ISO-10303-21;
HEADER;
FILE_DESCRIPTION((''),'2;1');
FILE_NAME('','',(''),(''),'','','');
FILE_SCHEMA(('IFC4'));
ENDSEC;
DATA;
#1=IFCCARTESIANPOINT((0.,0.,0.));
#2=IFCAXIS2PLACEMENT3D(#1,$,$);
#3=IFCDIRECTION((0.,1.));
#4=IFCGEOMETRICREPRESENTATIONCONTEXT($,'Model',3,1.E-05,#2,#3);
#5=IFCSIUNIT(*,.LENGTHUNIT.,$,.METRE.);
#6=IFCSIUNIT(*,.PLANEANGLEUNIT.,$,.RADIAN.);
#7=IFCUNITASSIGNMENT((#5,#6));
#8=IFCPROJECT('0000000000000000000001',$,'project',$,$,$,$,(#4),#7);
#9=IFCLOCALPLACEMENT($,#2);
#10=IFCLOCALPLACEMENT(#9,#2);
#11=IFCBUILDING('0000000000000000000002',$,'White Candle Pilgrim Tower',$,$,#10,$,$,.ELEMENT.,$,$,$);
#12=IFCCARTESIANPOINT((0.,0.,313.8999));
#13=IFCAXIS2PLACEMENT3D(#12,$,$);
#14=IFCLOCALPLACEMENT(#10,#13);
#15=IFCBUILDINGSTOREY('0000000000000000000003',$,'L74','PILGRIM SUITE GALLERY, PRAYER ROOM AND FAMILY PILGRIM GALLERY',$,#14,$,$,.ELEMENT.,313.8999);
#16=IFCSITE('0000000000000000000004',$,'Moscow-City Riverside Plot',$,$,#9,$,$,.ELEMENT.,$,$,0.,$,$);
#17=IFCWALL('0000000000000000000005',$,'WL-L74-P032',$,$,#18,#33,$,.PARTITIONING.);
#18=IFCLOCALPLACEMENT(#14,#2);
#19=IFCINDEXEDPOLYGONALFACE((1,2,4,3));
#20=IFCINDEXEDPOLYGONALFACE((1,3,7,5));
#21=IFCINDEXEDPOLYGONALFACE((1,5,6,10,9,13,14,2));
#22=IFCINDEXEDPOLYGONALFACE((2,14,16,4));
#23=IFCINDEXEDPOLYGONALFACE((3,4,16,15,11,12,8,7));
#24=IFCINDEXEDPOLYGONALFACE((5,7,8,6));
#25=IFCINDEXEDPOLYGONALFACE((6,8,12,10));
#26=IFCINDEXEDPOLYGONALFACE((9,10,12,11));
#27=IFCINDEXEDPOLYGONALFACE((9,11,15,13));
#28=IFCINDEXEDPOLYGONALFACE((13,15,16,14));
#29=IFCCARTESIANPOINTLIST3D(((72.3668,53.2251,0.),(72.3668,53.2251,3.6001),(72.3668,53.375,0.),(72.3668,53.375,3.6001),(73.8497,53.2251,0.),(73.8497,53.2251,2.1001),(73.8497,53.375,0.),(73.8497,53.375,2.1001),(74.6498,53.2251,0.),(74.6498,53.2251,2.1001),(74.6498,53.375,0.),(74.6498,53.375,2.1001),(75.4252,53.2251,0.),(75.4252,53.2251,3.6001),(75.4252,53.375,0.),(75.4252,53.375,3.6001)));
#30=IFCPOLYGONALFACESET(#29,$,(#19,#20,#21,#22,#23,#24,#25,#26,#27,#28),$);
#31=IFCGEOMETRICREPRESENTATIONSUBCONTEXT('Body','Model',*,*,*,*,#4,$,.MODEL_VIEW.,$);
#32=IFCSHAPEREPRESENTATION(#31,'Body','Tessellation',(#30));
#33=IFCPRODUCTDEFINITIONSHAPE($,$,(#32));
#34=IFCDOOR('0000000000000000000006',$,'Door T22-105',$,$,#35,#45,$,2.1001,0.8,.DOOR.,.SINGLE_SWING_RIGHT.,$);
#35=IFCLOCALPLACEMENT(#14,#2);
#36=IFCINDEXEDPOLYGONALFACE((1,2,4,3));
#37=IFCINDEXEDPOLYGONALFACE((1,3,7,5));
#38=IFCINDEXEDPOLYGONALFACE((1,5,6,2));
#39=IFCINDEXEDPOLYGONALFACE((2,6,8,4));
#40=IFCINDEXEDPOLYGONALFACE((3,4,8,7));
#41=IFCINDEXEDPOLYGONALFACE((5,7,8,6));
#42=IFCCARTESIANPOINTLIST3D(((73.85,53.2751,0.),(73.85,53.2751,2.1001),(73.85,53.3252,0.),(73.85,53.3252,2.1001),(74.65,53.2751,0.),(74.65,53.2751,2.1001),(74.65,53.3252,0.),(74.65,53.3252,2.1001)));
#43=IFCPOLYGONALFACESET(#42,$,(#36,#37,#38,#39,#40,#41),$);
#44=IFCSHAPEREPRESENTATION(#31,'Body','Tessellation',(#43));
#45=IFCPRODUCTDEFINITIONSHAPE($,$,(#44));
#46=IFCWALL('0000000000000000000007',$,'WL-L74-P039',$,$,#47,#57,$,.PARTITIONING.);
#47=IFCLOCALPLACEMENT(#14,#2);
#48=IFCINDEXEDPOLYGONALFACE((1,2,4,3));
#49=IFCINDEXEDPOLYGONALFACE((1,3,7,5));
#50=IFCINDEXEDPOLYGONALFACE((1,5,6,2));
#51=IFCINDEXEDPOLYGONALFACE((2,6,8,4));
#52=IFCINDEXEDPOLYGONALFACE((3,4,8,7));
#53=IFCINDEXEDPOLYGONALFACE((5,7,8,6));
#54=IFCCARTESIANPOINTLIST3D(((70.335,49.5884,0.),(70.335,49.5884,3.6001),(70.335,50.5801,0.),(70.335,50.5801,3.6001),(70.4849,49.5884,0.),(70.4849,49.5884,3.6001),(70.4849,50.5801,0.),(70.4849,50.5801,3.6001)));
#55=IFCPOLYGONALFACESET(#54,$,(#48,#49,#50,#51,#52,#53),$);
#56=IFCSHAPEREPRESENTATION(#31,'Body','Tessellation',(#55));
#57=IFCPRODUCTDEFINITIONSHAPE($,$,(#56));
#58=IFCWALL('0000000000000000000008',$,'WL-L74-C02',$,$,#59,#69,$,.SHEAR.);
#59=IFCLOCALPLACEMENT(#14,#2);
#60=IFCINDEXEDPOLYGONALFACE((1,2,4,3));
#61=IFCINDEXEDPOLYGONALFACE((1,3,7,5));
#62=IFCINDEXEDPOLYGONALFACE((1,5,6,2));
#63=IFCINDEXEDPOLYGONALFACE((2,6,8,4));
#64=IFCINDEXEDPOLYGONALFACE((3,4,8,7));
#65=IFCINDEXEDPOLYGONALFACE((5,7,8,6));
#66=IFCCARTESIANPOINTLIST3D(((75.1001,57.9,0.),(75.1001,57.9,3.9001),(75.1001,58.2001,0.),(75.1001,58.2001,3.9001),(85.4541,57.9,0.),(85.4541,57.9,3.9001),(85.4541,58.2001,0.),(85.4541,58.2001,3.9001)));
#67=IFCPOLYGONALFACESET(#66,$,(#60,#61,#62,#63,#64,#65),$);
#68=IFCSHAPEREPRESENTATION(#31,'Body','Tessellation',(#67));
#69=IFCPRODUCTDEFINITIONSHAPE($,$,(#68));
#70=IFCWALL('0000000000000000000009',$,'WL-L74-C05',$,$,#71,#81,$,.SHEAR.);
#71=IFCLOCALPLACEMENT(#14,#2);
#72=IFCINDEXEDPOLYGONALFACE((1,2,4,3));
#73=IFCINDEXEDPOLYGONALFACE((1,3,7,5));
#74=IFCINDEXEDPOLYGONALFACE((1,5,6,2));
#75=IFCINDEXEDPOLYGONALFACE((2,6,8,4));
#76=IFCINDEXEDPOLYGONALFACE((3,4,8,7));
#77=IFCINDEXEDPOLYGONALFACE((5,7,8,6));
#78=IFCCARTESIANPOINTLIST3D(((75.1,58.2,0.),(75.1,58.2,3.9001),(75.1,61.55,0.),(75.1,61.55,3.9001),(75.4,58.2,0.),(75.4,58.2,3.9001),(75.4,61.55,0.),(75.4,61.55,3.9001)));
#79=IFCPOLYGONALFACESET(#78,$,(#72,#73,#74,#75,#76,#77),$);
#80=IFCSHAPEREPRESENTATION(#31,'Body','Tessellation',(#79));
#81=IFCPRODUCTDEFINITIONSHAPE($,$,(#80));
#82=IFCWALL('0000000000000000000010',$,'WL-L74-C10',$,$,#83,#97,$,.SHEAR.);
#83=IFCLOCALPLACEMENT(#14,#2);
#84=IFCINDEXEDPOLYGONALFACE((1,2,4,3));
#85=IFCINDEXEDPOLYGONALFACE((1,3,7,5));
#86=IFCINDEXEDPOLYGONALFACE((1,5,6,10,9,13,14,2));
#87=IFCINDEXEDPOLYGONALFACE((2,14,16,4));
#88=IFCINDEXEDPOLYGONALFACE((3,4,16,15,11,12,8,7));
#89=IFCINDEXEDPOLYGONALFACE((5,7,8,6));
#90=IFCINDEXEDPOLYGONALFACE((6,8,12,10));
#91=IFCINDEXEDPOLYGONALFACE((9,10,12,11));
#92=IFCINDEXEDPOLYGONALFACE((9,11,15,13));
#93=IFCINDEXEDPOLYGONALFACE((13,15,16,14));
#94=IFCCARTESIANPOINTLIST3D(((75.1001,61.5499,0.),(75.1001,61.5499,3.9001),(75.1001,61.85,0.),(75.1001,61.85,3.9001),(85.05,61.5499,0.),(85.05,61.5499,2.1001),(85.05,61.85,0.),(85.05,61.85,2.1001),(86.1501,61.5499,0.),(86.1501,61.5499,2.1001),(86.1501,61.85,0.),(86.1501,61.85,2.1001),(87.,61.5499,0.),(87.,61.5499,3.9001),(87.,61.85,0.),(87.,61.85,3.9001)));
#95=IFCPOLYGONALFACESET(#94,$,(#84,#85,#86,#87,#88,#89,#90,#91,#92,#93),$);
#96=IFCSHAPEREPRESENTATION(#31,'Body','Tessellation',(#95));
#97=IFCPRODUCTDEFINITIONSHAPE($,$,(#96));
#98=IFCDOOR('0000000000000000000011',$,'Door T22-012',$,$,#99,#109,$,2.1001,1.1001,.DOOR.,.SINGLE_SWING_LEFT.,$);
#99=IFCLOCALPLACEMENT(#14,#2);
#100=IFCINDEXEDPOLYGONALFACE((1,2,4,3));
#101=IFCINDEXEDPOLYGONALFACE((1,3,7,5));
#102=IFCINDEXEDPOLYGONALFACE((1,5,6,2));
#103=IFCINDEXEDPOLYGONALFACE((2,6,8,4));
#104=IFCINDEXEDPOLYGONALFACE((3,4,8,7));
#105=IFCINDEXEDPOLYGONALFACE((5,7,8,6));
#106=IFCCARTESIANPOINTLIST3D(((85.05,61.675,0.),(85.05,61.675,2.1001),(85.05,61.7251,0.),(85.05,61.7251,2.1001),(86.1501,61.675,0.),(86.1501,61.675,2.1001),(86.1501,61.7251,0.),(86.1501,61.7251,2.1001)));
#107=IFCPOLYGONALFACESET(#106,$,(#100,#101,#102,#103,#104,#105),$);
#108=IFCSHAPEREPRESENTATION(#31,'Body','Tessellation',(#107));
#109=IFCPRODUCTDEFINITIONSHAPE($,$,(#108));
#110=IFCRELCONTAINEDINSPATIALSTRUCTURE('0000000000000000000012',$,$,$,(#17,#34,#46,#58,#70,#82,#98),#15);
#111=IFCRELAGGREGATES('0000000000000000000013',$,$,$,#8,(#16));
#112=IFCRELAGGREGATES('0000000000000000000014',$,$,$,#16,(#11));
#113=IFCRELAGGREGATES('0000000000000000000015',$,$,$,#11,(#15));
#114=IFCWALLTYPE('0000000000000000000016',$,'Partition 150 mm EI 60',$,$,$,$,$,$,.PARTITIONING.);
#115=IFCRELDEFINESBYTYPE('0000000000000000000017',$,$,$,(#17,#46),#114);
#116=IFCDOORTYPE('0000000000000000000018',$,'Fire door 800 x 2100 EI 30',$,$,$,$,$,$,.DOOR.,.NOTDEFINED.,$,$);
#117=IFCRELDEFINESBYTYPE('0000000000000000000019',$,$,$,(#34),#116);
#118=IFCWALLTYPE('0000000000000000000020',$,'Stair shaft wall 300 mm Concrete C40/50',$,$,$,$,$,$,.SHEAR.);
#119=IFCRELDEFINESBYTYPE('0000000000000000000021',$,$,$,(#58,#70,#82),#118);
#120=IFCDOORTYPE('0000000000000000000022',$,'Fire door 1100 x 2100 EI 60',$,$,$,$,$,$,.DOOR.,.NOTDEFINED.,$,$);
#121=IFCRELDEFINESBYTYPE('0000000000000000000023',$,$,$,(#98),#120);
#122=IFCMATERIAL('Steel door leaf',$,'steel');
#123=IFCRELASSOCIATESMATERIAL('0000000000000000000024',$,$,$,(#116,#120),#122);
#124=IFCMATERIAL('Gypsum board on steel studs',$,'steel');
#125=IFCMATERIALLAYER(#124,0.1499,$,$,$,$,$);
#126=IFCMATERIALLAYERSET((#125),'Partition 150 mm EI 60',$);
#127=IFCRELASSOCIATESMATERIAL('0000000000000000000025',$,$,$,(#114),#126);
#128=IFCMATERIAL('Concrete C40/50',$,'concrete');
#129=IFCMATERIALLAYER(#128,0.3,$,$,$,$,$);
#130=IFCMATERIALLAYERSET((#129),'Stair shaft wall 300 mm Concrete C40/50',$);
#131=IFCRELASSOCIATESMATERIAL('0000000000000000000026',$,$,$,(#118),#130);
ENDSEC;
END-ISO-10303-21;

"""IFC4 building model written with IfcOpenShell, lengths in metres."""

from ifc_helpers import new_model, si_unit, direction, frame, frame_2d, origin, place, context, subcontext, project, spatial, rectangle, extrude, material, layer, layer_set, type_object, element, fill, save


model = new_model("IFC4")

# Units and contexts
model_context = context("Model", 3, precision=1e-05, world=origin(), true_north=direction((0.0, 1.0)))
body_context = subcontext(model_context, "Body", "Model", "MODEL_VIEW")
ifc_project = project(units=[si_unit("LENGTHUNIT", "METRE"), si_unit("PLANEANGLEUNIT", "RADIAN")], contexts=[model_context])

# Site, building, storey
site_placement = place(None, origin())
site = spatial("IfcSite", under=ifc_project, at=site_placement, Name="Moscow-City Riverside Plot", CompositionType="ELEMENT", RefElevation=0.0)
building_placement = place(site_placement, origin())
building = spatial("IfcBuilding", under=site, at=building_placement, Name="White Candle Pilgrim Tower", CompositionType="ELEMENT")
storey_placement = place(building_placement, frame((0.0, 0.0, 313.8999)))
storey = spatial("IfcBuildingStorey", under=building, at=storey_placement, Name="L74", Description="PILGRIM SUITE GALLERY, PRAYER ROOM AND FAMILY PILGRIM GALLERY", CompositionType="ELEMENT", Elevation=313.8999)

# Shared definitions
ifc_material_1 = material(Name="Gypsum board on steel studs", Category="steel")

# Shared definitions
ifc_material_2 = material(Name="Steel door leaf", Category="steel")
door_type_1 = type_object("IfcDoorType", Name="Fire door 800 x 2100 EI 30", OperationType="NOTDEFINED", PredefinedType="DOOR", material=ifc_material_2)

# Shared definitions
ifc_layer_1 = layer(ifc_material_1, 0.1499)
ifc_layer_set_1 = layer_set([ifc_layer_1], Name="Partition 150 mm EI 60")
wall_type_1 = type_object("IfcWallType", Name="Partition 150 mm EI 60", PredefinedType="PARTITIONING", material=ifc_layer_set_1)

# Wall, opening, door
wall_1_placement = place(storey_placement, frame((72.3667, 53.3, 0.0), z_axis=(0.0, 0.0, 1.0), x_axis=(1.0, 0.0, 0.0)))
wall_1 = element("IfcWall", 1, at=wall_1_placement, inside=storey, type_object=wall_type_1, Name="WL-L74-P032", PredefinedType="PARTITIONING", context=body_context, shape_type="SweptSolid", body=[
    extrude(rectangle(XDim=3.0583, YDim=0.1499, at=frame_2d((1.5293, 0.0))), origin(), (0.0, 0.0, 1.0), 3.6001),
])
opening_1_placement = place(wall_1_placement, frame((1.4832, 0.0, 0.0)))
opening_1 = element("IfcOpeningElement", 2, at=opening_1_placement, cuts=wall_1, PredefinedType="OPENING", context=body_context, shape_type="SweptSolid", body=[
    extrude(rectangle(XDim=0.8, YDim=2.1001, at=frame_2d((0.3999, 1.05))), frame((0.0, 0.085, 0.0), z_axis=(0.0, -1.0, 0.0), x_axis=(1.0, 0.0, 0.0)), (0.0, 0.0, 1.0), 0.1699),
])
door_1_placement = place(opening_1_placement, frame((0.8, 0.0, 0.0), z_axis=(0.0, 0.0, 1.0), x_axis=(-1.0, 0.0, 0.0)))
door_1 = element("IfcDoor", 3, at=door_1_placement, inside=storey, type_object=door_type_1, Name="Door T22-105", OperationType="SINGLE_SWING_RIGHT", OverallHeight=2.1001, OverallWidth=0.8, PredefinedType="DOOR", context=body_context, shape_type="SweptSolid", body=[
    extrude(rectangle(XDim=0.8, YDim=2.1001, at=frame_2d((0.3999, 1.05))), frame((0.0, 0.0249, 0.0), z_axis=(0.0, -1.0, 0.0), x_axis=(1.0, 0.0, 0.0)), (0.0, 0.0, 1.0), 0.05),
])
fill(opening_1, door_1)

# Walls
wall_2_placement = place(storey_placement, frame((70.4099, 50.5801, 0.0), z_axis=(0.0, 0.0, 1.0), x_axis=(0.0, -1.0, 0.0)))
element("IfcWall", 4, at=wall_2_placement, inside=storey, type_object=wall_type_1, Name="WL-L74-P039", PredefinedType="PARTITIONING", context=body_context, shape_type="SweptSolid", body=[
    extrude(rectangle(XDim=0.9917, YDim=0.1499, at=frame_2d((0.4958, 0.0))), origin(), (0.0, 0.0, 1.0), 3.6001),
])
ifc_material_3 = material(Name="Concrete C40/50", Category="concrete")
ifc_layer_2 = layer(ifc_material_3, 0.3)
ifc_layer_set_2 = layer_set([ifc_layer_2], Name="Stair shaft wall 300 mm Concrete C40/50")
wall_type_2 = type_object("IfcWallType", Name="Stair shaft wall 300 mm Concrete C40/50", PredefinedType="SHEAR", material=ifc_layer_set_2)
wall_3_placement = place(storey_placement, frame((75.1001, 58.05, 0.0), z_axis=(0.0, 0.0, 1.0), x_axis=(1.0, 0.0, 0.0)))
element("IfcWall", 5, at=wall_3_placement, inside=storey, type_object=wall_type_2, Name="WL-L74-C02", PredefinedType="SHEAR", context=body_context, shape_type="SweptSolid", body=[
    extrude(rectangle(XDim=10.354, YDim=0.3, at=frame_2d((5.177, 0.0))), origin(), (0.0, 0.0, 1.0), 3.9001),
])
wall_4_placement = place(storey_placement, frame((75.25, 58.2, 0.0), z_axis=(0.0, 0.0, 1.0), x_axis=(0.0, 1.0, 0.0)))
element("IfcWall", 6, at=wall_4_placement, inside=storey, type_object=wall_type_2, Name="WL-L74-C05", PredefinedType="SHEAR", context=body_context, shape_type="SweptSolid", body=[
    extrude(rectangle(XDim=3.3501, YDim=0.3, at=frame_2d((1.675, 0.0))), origin(), (0.0, 0.0, 1.0), 3.9001),
])

# Wall, opening, door
wall_5_placement = place(storey_placement, frame((75.1001, 61.7, 0.0), z_axis=(0.0, 0.0, 1.0), x_axis=(1.0, 0.0, 0.0)))
wall_5 = element("IfcWall", 7, at=wall_5_placement, inside=storey, type_object=wall_type_2, Name="WL-L74-C10", PredefinedType="SHEAR", context=body_context, shape_type="SweptSolid", body=[
    extrude(rectangle(XDim=11.8999, YDim=0.3, at=frame_2d((5.95, 0.0))), origin(), (0.0, 0.0, 1.0), 3.9001),
])
opening_2_placement = place(wall_5_placement, frame((9.95, 0.0, 0.0)))
opening_2 = element("IfcOpeningElement", 8, at=opening_2_placement, cuts=wall_5, PredefinedType="OPENING", context=body_context, shape_type="SweptSolid", body=[
    extrude(rectangle(XDim=1.1001, YDim=2.1001, at=frame_2d((0.55, 1.05))), frame((0.0, 0.1599, 0.0), z_axis=(0.0, -1.0, 0.0), x_axis=(1.0, 0.0, 0.0)), (0.0, 0.0, 1.0), 0.3201),
])
door_type_2 = type_object("IfcDoorType", Name="Fire door 1100 x 2100 EI 60", OperationType="NOTDEFINED", PredefinedType="DOOR", material=ifc_material_2)
door_2_placement = place(opening_2_placement, frame((1.1001, 0.0, 0.0), z_axis=(0.0, 0.0, 1.0), x_axis=(-1.0, 0.0, 0.0)))
door_2 = element("IfcDoor", 9, at=door_2_placement, inside=storey, type_object=door_type_2, Name="Door T22-012", OperationType="SINGLE_SWING_LEFT", OverallHeight=2.1001, OverallWidth=1.1001, PredefinedType="DOOR", context=body_context, shape_type="SweptSolid", body=[
    extrude(rectangle(XDim=1.1001, YDim=2.1001, at=frame_2d((0.55, 1.05))), frame((0.0, 0.0249, 0.0), z_axis=(0.0, -1.0, 0.0), x_axis=(1.0, 0.0, 0.0)), (0.0, 0.0, 1.0), 0.05),
])
fill(opening_2, door_2)

save(model, "model.ifc")
